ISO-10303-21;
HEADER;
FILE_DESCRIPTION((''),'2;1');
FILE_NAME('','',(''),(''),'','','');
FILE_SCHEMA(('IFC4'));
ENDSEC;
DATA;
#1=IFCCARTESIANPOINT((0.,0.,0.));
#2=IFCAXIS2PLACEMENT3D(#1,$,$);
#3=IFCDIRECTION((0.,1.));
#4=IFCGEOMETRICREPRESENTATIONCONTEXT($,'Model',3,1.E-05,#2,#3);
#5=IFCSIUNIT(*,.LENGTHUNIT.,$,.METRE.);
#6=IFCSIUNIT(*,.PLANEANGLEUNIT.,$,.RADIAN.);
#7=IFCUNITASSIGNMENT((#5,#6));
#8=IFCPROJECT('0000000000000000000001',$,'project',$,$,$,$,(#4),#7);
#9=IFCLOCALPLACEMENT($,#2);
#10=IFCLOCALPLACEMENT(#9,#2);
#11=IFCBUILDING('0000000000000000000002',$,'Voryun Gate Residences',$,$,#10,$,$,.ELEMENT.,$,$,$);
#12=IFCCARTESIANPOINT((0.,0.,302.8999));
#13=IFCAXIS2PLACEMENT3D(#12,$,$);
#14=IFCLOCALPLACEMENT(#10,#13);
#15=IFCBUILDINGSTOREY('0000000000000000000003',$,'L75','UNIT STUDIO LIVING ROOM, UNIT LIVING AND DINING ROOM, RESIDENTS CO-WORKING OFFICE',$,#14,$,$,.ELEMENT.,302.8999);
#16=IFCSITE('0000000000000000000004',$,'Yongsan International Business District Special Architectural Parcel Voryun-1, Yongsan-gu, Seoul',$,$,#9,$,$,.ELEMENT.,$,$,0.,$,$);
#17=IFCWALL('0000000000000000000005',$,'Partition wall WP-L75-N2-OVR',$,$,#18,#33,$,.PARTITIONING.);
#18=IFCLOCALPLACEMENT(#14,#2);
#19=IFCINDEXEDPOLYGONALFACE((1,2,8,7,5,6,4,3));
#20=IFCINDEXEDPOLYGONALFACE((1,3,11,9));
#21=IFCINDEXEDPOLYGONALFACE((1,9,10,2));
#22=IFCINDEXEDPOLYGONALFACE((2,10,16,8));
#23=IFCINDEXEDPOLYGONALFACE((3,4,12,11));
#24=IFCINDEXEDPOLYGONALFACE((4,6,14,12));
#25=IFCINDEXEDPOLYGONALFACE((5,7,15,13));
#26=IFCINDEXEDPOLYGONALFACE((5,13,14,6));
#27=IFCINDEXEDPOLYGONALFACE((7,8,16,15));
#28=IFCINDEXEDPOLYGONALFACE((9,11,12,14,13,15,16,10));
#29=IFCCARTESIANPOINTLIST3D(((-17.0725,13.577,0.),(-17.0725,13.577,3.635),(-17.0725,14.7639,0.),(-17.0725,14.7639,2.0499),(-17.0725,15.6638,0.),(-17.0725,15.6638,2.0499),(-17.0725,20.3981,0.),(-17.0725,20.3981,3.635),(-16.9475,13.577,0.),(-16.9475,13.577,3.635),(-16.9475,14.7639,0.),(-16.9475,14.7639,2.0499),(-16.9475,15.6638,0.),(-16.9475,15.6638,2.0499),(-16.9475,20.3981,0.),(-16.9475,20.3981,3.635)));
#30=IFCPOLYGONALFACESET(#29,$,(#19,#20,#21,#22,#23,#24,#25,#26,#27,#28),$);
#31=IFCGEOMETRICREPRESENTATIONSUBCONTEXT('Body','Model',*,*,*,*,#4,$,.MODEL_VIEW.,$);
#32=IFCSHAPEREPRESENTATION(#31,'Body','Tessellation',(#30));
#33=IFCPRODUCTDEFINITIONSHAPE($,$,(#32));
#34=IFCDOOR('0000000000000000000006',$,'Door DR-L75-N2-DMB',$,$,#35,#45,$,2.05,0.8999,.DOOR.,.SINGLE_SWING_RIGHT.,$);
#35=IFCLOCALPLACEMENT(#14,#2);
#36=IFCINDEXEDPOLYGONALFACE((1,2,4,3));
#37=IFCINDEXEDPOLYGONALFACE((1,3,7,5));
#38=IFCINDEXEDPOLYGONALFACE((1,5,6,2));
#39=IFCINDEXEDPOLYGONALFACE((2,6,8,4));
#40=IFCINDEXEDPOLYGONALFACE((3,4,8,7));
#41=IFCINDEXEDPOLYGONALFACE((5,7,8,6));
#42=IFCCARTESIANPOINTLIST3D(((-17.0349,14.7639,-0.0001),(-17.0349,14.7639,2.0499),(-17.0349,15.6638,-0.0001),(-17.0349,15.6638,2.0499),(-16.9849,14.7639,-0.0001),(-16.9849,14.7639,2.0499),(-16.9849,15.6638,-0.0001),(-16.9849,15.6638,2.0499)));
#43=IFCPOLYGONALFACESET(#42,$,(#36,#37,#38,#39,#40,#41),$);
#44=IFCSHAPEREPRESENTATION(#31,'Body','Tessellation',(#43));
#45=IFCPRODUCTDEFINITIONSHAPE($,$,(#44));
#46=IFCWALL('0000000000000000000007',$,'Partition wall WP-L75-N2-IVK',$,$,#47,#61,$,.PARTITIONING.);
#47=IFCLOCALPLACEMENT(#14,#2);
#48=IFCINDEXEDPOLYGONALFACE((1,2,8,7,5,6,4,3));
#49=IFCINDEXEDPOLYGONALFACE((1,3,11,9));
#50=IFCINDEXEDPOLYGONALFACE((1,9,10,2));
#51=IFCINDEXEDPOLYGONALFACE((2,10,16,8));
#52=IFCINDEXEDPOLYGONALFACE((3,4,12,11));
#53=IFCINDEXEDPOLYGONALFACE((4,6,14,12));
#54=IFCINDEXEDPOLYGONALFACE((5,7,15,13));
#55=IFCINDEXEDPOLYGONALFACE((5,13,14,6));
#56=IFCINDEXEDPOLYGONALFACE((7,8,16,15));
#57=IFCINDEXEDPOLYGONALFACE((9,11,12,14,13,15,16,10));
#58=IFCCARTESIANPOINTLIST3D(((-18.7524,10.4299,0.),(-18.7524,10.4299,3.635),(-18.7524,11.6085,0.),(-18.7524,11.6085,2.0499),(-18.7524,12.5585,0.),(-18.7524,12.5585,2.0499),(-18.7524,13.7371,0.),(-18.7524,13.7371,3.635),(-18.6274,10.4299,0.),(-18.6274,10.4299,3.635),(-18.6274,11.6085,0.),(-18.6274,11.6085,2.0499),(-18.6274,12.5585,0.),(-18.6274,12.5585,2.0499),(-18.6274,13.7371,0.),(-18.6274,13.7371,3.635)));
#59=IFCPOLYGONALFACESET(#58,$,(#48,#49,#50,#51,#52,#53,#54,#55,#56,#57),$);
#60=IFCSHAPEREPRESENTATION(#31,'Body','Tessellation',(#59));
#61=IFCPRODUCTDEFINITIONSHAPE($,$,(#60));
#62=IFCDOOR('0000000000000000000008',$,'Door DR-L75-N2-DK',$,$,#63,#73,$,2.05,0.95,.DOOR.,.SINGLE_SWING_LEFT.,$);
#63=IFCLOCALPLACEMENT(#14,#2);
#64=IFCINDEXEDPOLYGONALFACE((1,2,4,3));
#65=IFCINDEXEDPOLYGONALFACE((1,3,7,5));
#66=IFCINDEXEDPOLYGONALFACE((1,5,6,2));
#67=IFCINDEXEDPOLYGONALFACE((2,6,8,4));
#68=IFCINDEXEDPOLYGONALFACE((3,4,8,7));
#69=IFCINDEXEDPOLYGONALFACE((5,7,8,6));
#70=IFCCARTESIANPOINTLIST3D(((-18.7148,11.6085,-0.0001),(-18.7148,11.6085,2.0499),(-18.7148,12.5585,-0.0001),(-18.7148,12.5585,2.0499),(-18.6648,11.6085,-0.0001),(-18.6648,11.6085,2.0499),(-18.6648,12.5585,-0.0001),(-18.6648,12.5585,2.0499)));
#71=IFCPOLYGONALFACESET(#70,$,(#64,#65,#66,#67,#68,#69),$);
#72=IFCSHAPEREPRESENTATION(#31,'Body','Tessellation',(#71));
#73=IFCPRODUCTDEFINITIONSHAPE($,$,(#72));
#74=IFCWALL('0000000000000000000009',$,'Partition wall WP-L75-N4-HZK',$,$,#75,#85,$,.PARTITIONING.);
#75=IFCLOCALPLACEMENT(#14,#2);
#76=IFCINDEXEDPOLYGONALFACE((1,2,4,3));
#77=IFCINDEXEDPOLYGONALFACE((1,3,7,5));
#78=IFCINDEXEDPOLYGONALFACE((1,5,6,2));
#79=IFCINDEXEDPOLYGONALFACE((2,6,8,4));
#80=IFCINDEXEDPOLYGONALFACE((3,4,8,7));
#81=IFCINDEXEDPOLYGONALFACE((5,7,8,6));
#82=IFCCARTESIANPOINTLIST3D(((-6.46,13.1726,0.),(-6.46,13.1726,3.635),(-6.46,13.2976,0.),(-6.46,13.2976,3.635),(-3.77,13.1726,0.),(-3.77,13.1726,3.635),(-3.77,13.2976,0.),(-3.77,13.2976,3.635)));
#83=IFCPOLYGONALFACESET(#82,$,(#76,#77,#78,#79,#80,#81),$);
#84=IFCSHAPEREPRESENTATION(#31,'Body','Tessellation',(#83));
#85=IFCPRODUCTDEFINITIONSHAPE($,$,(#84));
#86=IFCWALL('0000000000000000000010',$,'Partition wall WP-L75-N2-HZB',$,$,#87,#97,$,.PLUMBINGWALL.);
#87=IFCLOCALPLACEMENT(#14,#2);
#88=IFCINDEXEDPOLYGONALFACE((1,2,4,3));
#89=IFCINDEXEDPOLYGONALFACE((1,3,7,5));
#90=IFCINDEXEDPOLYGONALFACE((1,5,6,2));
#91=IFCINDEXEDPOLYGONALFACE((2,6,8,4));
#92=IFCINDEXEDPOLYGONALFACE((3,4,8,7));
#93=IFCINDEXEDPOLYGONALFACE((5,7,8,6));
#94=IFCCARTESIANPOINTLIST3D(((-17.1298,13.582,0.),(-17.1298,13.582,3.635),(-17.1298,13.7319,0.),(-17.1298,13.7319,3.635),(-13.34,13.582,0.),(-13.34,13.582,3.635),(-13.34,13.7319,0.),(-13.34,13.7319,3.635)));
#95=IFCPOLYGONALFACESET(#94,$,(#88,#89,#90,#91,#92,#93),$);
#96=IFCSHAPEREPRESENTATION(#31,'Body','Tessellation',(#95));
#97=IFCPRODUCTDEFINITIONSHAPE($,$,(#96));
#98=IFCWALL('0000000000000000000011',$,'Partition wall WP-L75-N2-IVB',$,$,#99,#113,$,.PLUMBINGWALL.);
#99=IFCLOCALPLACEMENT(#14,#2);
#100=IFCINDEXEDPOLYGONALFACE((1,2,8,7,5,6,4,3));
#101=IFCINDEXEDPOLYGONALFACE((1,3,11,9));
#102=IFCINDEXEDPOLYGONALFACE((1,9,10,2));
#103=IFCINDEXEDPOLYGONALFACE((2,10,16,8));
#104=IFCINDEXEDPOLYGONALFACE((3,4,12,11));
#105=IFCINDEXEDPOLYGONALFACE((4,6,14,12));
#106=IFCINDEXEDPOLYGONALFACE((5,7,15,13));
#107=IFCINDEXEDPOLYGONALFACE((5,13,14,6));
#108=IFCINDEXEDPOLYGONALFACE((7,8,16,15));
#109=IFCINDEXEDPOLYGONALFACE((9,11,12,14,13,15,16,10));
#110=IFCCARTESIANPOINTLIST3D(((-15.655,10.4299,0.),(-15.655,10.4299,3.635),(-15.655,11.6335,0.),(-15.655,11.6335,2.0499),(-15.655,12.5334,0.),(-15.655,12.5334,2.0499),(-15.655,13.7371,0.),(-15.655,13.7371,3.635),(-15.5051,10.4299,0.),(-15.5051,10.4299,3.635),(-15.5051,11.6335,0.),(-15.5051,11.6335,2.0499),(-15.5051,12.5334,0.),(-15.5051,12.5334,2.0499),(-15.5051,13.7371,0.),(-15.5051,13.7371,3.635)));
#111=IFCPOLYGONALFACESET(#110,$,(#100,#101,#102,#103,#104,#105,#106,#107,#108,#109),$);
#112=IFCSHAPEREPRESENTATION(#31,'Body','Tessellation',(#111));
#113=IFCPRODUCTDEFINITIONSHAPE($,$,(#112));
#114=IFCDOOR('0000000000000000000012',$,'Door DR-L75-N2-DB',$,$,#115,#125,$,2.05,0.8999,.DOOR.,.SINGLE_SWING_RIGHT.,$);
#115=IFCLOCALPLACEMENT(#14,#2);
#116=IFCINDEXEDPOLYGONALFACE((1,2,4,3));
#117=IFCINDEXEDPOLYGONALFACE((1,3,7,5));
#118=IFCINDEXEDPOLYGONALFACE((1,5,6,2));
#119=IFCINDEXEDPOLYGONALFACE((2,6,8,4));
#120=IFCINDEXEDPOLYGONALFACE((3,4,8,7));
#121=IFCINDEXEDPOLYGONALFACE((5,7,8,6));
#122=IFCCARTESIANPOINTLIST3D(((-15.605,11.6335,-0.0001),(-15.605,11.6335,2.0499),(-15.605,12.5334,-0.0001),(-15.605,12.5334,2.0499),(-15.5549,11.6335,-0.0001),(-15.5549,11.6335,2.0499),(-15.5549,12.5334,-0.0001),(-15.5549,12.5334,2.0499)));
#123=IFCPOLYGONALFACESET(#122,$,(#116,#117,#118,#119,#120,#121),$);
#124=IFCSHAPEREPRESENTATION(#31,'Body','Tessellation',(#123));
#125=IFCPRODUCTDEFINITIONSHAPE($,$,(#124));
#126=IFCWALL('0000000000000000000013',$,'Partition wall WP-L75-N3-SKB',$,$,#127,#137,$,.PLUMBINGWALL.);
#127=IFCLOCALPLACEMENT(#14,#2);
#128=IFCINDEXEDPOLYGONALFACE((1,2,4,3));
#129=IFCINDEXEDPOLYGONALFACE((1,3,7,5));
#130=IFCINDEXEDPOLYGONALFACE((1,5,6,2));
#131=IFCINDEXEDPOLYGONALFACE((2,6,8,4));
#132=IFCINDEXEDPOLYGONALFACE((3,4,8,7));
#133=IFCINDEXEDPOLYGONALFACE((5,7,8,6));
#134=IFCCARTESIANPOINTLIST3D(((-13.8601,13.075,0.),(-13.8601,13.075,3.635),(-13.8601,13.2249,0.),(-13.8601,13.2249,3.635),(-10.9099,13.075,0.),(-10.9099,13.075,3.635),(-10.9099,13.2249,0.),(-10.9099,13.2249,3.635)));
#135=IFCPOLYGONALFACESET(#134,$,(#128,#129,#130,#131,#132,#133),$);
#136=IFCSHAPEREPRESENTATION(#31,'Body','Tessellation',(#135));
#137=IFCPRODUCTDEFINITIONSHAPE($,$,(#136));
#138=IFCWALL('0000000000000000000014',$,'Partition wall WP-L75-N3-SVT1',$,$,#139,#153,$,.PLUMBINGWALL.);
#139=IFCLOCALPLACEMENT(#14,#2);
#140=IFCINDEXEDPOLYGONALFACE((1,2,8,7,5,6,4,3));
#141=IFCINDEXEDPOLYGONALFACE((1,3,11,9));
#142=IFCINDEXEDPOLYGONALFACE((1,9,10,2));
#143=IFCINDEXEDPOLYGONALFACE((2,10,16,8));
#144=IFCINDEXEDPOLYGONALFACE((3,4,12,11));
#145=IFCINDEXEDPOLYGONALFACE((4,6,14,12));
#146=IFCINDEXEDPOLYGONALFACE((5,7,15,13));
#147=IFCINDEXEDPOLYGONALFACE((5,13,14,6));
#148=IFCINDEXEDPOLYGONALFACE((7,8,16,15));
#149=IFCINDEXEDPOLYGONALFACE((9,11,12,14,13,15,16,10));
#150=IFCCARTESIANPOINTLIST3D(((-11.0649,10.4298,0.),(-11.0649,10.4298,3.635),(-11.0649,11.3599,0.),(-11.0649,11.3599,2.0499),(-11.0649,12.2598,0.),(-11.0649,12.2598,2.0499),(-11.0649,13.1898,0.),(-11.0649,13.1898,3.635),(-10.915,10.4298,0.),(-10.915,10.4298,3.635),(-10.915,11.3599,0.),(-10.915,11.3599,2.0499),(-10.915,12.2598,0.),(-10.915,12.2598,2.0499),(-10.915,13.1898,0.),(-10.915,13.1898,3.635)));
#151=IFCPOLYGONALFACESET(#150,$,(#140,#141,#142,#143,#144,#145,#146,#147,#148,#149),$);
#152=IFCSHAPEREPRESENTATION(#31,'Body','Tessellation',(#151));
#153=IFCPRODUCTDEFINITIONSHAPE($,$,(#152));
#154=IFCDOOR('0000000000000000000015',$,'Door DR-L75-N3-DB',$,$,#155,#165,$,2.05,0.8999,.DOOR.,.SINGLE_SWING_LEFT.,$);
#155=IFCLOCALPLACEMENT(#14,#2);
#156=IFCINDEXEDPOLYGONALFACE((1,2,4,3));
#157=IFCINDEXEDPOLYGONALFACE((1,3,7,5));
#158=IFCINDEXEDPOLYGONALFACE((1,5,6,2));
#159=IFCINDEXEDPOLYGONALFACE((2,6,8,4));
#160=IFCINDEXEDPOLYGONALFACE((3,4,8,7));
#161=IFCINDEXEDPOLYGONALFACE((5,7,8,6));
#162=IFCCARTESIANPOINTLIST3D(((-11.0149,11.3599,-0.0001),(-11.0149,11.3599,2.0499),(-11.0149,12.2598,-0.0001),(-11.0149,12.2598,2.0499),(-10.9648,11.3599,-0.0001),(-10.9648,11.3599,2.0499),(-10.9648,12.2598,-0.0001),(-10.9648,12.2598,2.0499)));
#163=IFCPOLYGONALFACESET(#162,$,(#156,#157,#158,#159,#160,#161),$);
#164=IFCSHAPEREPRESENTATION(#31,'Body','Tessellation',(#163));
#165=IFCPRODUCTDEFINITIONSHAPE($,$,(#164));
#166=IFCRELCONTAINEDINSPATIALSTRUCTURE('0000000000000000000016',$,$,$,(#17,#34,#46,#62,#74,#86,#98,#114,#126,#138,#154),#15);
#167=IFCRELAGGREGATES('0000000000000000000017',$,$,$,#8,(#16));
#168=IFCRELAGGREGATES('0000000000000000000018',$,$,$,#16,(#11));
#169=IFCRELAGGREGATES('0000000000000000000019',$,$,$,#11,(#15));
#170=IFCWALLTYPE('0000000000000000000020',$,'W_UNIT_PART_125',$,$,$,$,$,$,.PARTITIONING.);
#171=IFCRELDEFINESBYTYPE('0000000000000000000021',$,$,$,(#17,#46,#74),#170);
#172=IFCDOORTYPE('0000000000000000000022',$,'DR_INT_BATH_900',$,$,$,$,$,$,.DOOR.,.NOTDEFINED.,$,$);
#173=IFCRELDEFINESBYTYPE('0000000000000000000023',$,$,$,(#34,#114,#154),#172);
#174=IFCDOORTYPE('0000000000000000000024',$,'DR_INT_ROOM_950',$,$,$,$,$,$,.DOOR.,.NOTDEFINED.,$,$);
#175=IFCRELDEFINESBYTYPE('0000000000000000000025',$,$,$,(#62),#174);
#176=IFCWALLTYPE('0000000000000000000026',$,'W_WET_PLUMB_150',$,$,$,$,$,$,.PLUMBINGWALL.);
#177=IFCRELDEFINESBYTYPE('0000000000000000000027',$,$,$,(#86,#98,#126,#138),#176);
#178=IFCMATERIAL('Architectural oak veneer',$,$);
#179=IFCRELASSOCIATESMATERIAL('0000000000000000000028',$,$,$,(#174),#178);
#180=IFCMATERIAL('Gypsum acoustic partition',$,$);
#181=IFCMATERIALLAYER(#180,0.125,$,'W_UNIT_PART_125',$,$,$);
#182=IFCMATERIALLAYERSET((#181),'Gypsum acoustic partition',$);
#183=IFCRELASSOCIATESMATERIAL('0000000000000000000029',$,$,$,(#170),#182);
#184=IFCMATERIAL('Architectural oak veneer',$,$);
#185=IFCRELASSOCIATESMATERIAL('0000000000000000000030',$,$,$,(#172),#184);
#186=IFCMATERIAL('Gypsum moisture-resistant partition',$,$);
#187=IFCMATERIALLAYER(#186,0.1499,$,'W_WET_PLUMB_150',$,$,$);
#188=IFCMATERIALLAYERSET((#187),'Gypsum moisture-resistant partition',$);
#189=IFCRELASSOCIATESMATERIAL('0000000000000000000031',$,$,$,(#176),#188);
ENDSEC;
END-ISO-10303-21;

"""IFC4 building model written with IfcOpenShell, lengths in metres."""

from ifc_helpers import new_model, si_unit, direction, frame, frame_2d, origin, place, context, subcontext, project, spatial, rectangle, extrude, material, layer, layer_set, type_object, element, fill, save


model = new_model("IFC4")

# Units and contexts
model_context = context("Model", 3, precision=1e-05, world=origin(), true_north=direction((0.0, 1.0)))
body_context = subcontext(model_context, "Body", "Model", "MODEL_VIEW")
ifc_project = project(units=[si_unit("LENGTHUNIT", "METRE"), si_unit("PLANEANGLEUNIT", "RADIAN")], contexts=[model_context])

# Site, building, storey
site_placement = place(None, origin())
site = spatial("IfcSite", under=ifc_project, at=site_placement, Name="Yongsan International Business District Special Architectural Parcel Voryun-1, Yongsan-gu, Seoul", CompositionType="ELEMENT", RefElevation=0.0)
building_placement = place(site_placement, origin())
building = spatial("IfcBuilding", under=site, at=building_placement, Name="Voryun Gate Residences", CompositionType="ELEMENT")
storey_placement = place(building_placement, frame((0.0, 0.0, 302.8999)))
storey = spatial("IfcBuildingStorey", under=building, at=storey_placement, Name="L75", Description="UNIT STUDIO LIVING ROOM, UNIT LIVING AND DINING ROOM, RESIDENTS CO-WORKING OFFICE", CompositionType="ELEMENT", Elevation=302.8999)

# Shared definitions
ifc_material_1 = material(Name="Architectural oak veneer")
door_type_1 = type_object("IfcDoorType", Name="DR_INT_ROOM_950", OperationType="NOTDEFINED", PredefinedType="DOOR", material=ifc_material_1)

# Walls, openings, doors
ifc_material_2 = material(Name="Gypsum acoustic partition")
ifc_layer_1 = layer(ifc_material_2, 0.125, Name="W_UNIT_PART_125")
ifc_layer_set_1 = layer_set([ifc_layer_1], Name="Gypsum acoustic partition")
wall_type_1 = type_object("IfcWallType", Name="W_UNIT_PART_125", PredefinedType="PARTITIONING", material=ifc_layer_set_1)
wall_1_placement = place(storey_placement, frame((-17.01, 13.5769, 0.0), z_axis=(0.0, 0.0, 1.0), x_axis=(0.0, 1.0, 0.0)))
wall_1 = element("IfcWall", 1, at=wall_1_placement, inside=storey, type_object=wall_type_1, Name="Partition wall WP-L75-N2-OVR", PredefinedType="PARTITIONING", context=body_context, shape_type="SweptSolid", body=[
    extrude(rectangle(XDim=6.821, YDim=0.125, at=frame_2d((3.4106, 0.0))), origin(), (0.0, 0.0, 1.0), 3.635),
])
opening_1_placement = place(wall_1_placement, frame((1.187, 0.0, 0.0)))
opening_1 = element("IfcOpeningElement", 2, at=opening_1_placement, cuts=wall_1, PredefinedType="OPENING", context=body_context, shape_type="SweptSolid", body=[
    extrude(rectangle(XDim=0.8999, YDim=2.05, at=frame_2d((0.45, 1.0249))), frame((0.0, 0.0725, 0.0), z_axis=(0.0, -1.0, 0.0), x_axis=(1.0, 0.0, 0.0)), (0.0, 0.0, 1.0), 0.145),
])
ifc_material_3 = material(Name="Architectural oak veneer")
door_type_2 = type_object("IfcDoorType", Name="DR_INT_BATH_900", OperationType="NOTDEFINED", PredefinedType="DOOR", material=ifc_material_3)
door_1_placement = place(opening_1_placement, origin())
door_1 = element("IfcDoor", 3, at=door_1_placement, inside=storey, type_object=door_type_2, Name="Door DR-L75-N2-DMB", OperationType="SINGLE_SWING_RIGHT", OverallHeight=2.05, OverallWidth=0.8999, PredefinedType="DOOR", context=body_context, shape_type="SweptSolid", body=[
    extrude(rectangle(XDim=0.8999, YDim=2.05, at=frame_2d((0.45, 1.0249))), frame((0.0, 0.0249, 0.0), z_axis=(0.0, -1.0, 0.0), x_axis=(1.0, 0.0, 0.0)), (0.0, 0.0, 1.0), 0.05),
])
fill(opening_1, door_1)
wall_2_placement = place(storey_placement, frame((-18.6899, 10.4299, 0.0), z_axis=(0.0, 0.0, 1.0), x_axis=(0.0, 1.0, 0.0)))
wall_2 = element("IfcWall", 4, at=wall_2_placement, inside=storey, type_object=wall_type_1, Name="Partition wall WP-L75-N2-IVK", PredefinedType="PARTITIONING", context=body_context, shape_type="SweptSolid", body=[
    extrude(rectangle(XDim=3.3071, YDim=0.125, at=frame_2d((1.6536, 0.0))), origin(), (0.0, 0.0, 1.0), 3.635),
])
opening_2_placement = place(wall_2_placement, frame((1.1785, 0.0, 0.0)))
opening_2 = element("IfcOpeningElement", 5, at=opening_2_placement, cuts=wall_2, PredefinedType="OPENING", context=body_context, shape_type="SweptSolid", body=[
    extrude(rectangle(XDim=0.95, YDim=2.05, at=frame_2d((0.4751, 1.0249))), frame((0.0, 0.0725, 0.0), z_axis=(0.0, -1.0, 0.0), x_axis=(1.0, 0.0, 0.0)), (0.0, 0.0, 1.0), 0.145),
])
door_2_placement = place(opening_2_placement, origin())
door_2 = element("IfcDoor", 6, at=door_2_placement, inside=storey, type_object=door_type_1, Name="Door DR-L75-N2-DK", OperationType="SINGLE_SWING_LEFT", OverallHeight=2.05, OverallWidth=0.95, PredefinedType="DOOR", context=body_context, shape_type="SweptSolid", body=[
    extrude(rectangle(XDim=0.95, YDim=2.05, at=frame_2d((0.4751, 1.0249))), frame((0.0, 0.0249, 0.0), z_axis=(0.0, -1.0, 0.0), x_axis=(1.0, 0.0, 0.0)), (0.0, 0.0, 1.0), 0.05),
])
fill(opening_2, door_2)

# Walls
wall_3_placement = place(storey_placement, frame((-6.46, 13.2351, 0.0), z_axis=(0.0, 0.0, 1.0), x_axis=(1.0, 0.0, 0.0)))
element("IfcWall", 7, at=wall_3_placement, inside=storey, type_object=wall_type_1, Name="Partition wall WP-L75-N4-HZK", PredefinedType="PARTITIONING", context=body_context, shape_type="SweptSolid", body=[
    extrude(rectangle(XDim=2.6899, YDim=0.125, at=frame_2d((1.345, 0.0))), origin(), (0.0, 0.0, 1.0), 3.635),
])
ifc_material_4 = material(Name="Gypsum moisture-resistant partition")
ifc_layer_2 = layer(ifc_material_4, 0.1499, Name="W_WET_PLUMB_150")
ifc_layer_set_2 = layer_set([ifc_layer_2], Name="Gypsum moisture-resistant partition")
wall_type_2 = type_object("IfcWallType", Name="W_WET_PLUMB_150", PredefinedType="PLUMBINGWALL", material=ifc_layer_set_2)
wall_4_placement = place(storey_placement, frame((-17.1299, 13.657, 0.0), z_axis=(0.0, 0.0, 1.0), x_axis=(1.0, 0.0, 0.0)))
element("IfcWall", 8, at=wall_4_placement, inside=storey, type_object=wall_type_2, Name="Partition wall WP-L75-N2-HZB", PredefinedType="PLUMBINGWALL", context=body_context, shape_type="SweptSolid", body=[
    extrude(rectangle(XDim=3.7898, YDim=0.1499, at=frame_2d((1.895, 0.0))), origin(), (0.0, 0.0, 1.0), 3.635),
])

# Wall, opening, door
wall_5_placement = place(storey_placement, frame((-15.5801, 10.4299, 0.0), z_axis=(0.0, 0.0, 1.0), x_axis=(0.0, 1.0, 0.0)))
wall_5 = element("IfcWall", 9, at=wall_5_placement, inside=storey, type_object=wall_type_2, Name="Partition wall WP-L75-N2-IVB", PredefinedType="PLUMBINGWALL", context=body_context, shape_type="SweptSolid", body=[
    extrude(rectangle(XDim=3.3071, YDim=0.1499, at=frame_2d((1.6536, 0.0))), origin(), (0.0, 0.0, 1.0), 3.635),
])
opening_3_placement = place(wall_5_placement, frame((1.2036, 0.0, 0.0)))
opening_3 = element("IfcOpeningElement", 10, at=opening_3_placement, cuts=wall_5, PredefinedType="OPENING", context=body_context, shape_type="SweptSolid", body=[
    extrude(rectangle(XDim=0.8999, YDim=2.05, at=frame_2d((0.45, 1.0249))), frame((0.0, 0.085, 0.0), z_axis=(0.0, -1.0, 0.0), x_axis=(1.0, 0.0, 0.0)), (0.0, 0.0, 1.0), 0.1699),
])
door_3_placement = place(opening_3_placement, origin())
door_3 = element("IfcDoor", 11, at=door_3_placement, inside=storey, type_object=door_type_2, Name="Door DR-L75-N2-DB", OperationType="SINGLE_SWING_RIGHT", OverallHeight=2.05, OverallWidth=0.8999, PredefinedType="DOOR", context=body_context, shape_type="SweptSolid", body=[
    extrude(rectangle(XDim=0.8999, YDim=2.05, at=frame_2d((0.45, 1.0249))), frame((0.0, 0.0249, 0.0), z_axis=(0.0, -1.0, 0.0), x_axis=(1.0, 0.0, 0.0)), (0.0, 0.0, 1.0), 0.05),
])
fill(opening_3, door_3)

# Wall
wall_6_placement = place(storey_placement, frame((-13.8601, 13.1499, 0.0), z_axis=(0.0, 0.0, 1.0), x_axis=(1.0, 0.0, 0.0)))
element("IfcWall", 12, at=wall_6_placement, inside=storey, type_object=wall_type_2, Name="Partition wall WP-L75-N3-SKB", PredefinedType="PLUMBINGWALL", context=body_context, shape_type="SweptSolid", body=[
    extrude(rectangle(XDim=2.9502, YDim=0.1499, at=frame_2d((1.4751, 0.0))), origin(), (0.0, 0.0, 1.0), 3.635),
])

# Wall, opening, door
wall_7_placement = place(storey_placement, frame((-10.99, 10.4299, 0.0), z_axis=(0.0, 0.0, 1.0), x_axis=(0.0, 1.0, 0.0)))
wall_7 = element("IfcWall", 13, at=wall_7_placement, inside=storey, type_object=wall_type_2, Name="Partition wall WP-L75-N3-SVT1", PredefinedType="PLUMBINGWALL", context=body_context, shape_type="SweptSolid", body=[
    extrude(rectangle(XDim=2.76, YDim=0.1499, at=frame_2d((1.3799, 0.0))), origin(), (0.0, 0.0, 1.0), 3.635),
])
opening_4_placement = place(wall_7_placement, frame((0.9299, 0.0, 0.0)))
opening_4 = element("IfcOpeningElement", 14, at=opening_4_placement, cuts=wall_7, PredefinedType="OPENING", context=body_context, shape_type="SweptSolid", body=[
    extrude(rectangle(XDim=0.8999, YDim=2.05, at=frame_2d((0.45, 1.0249))), frame((0.0, 0.085, 0.0), z_axis=(0.0, -1.0, 0.0), x_axis=(1.0, 0.0, 0.0)), (0.0, 0.0, 1.0), 0.1699),
])
door_4_placement = place(opening_4_placement, origin())
door_4 = element("IfcDoor", 15, at=door_4_placement, inside=storey, type_object=door_type_2, Name="Door DR-L75-N3-DB", OperationType="SINGLE_SWING_LEFT", OverallHeight=2.05, OverallWidth=0.8999, PredefinedType="DOOR", context=body_context, shape_type="SweptSolid", body=[
    extrude(rectangle(XDim=0.8999, YDim=2.05, at=frame_2d((0.45, 1.0249))), frame((0.0, 0.0249, 0.0), z_axis=(0.0, -1.0, 0.0), x_axis=(1.0, 0.0, 0.0)), (0.0, 0.0, 1.0), 0.05),
])
fill(opening_4, door_4)

save(model, "model.ifc")
